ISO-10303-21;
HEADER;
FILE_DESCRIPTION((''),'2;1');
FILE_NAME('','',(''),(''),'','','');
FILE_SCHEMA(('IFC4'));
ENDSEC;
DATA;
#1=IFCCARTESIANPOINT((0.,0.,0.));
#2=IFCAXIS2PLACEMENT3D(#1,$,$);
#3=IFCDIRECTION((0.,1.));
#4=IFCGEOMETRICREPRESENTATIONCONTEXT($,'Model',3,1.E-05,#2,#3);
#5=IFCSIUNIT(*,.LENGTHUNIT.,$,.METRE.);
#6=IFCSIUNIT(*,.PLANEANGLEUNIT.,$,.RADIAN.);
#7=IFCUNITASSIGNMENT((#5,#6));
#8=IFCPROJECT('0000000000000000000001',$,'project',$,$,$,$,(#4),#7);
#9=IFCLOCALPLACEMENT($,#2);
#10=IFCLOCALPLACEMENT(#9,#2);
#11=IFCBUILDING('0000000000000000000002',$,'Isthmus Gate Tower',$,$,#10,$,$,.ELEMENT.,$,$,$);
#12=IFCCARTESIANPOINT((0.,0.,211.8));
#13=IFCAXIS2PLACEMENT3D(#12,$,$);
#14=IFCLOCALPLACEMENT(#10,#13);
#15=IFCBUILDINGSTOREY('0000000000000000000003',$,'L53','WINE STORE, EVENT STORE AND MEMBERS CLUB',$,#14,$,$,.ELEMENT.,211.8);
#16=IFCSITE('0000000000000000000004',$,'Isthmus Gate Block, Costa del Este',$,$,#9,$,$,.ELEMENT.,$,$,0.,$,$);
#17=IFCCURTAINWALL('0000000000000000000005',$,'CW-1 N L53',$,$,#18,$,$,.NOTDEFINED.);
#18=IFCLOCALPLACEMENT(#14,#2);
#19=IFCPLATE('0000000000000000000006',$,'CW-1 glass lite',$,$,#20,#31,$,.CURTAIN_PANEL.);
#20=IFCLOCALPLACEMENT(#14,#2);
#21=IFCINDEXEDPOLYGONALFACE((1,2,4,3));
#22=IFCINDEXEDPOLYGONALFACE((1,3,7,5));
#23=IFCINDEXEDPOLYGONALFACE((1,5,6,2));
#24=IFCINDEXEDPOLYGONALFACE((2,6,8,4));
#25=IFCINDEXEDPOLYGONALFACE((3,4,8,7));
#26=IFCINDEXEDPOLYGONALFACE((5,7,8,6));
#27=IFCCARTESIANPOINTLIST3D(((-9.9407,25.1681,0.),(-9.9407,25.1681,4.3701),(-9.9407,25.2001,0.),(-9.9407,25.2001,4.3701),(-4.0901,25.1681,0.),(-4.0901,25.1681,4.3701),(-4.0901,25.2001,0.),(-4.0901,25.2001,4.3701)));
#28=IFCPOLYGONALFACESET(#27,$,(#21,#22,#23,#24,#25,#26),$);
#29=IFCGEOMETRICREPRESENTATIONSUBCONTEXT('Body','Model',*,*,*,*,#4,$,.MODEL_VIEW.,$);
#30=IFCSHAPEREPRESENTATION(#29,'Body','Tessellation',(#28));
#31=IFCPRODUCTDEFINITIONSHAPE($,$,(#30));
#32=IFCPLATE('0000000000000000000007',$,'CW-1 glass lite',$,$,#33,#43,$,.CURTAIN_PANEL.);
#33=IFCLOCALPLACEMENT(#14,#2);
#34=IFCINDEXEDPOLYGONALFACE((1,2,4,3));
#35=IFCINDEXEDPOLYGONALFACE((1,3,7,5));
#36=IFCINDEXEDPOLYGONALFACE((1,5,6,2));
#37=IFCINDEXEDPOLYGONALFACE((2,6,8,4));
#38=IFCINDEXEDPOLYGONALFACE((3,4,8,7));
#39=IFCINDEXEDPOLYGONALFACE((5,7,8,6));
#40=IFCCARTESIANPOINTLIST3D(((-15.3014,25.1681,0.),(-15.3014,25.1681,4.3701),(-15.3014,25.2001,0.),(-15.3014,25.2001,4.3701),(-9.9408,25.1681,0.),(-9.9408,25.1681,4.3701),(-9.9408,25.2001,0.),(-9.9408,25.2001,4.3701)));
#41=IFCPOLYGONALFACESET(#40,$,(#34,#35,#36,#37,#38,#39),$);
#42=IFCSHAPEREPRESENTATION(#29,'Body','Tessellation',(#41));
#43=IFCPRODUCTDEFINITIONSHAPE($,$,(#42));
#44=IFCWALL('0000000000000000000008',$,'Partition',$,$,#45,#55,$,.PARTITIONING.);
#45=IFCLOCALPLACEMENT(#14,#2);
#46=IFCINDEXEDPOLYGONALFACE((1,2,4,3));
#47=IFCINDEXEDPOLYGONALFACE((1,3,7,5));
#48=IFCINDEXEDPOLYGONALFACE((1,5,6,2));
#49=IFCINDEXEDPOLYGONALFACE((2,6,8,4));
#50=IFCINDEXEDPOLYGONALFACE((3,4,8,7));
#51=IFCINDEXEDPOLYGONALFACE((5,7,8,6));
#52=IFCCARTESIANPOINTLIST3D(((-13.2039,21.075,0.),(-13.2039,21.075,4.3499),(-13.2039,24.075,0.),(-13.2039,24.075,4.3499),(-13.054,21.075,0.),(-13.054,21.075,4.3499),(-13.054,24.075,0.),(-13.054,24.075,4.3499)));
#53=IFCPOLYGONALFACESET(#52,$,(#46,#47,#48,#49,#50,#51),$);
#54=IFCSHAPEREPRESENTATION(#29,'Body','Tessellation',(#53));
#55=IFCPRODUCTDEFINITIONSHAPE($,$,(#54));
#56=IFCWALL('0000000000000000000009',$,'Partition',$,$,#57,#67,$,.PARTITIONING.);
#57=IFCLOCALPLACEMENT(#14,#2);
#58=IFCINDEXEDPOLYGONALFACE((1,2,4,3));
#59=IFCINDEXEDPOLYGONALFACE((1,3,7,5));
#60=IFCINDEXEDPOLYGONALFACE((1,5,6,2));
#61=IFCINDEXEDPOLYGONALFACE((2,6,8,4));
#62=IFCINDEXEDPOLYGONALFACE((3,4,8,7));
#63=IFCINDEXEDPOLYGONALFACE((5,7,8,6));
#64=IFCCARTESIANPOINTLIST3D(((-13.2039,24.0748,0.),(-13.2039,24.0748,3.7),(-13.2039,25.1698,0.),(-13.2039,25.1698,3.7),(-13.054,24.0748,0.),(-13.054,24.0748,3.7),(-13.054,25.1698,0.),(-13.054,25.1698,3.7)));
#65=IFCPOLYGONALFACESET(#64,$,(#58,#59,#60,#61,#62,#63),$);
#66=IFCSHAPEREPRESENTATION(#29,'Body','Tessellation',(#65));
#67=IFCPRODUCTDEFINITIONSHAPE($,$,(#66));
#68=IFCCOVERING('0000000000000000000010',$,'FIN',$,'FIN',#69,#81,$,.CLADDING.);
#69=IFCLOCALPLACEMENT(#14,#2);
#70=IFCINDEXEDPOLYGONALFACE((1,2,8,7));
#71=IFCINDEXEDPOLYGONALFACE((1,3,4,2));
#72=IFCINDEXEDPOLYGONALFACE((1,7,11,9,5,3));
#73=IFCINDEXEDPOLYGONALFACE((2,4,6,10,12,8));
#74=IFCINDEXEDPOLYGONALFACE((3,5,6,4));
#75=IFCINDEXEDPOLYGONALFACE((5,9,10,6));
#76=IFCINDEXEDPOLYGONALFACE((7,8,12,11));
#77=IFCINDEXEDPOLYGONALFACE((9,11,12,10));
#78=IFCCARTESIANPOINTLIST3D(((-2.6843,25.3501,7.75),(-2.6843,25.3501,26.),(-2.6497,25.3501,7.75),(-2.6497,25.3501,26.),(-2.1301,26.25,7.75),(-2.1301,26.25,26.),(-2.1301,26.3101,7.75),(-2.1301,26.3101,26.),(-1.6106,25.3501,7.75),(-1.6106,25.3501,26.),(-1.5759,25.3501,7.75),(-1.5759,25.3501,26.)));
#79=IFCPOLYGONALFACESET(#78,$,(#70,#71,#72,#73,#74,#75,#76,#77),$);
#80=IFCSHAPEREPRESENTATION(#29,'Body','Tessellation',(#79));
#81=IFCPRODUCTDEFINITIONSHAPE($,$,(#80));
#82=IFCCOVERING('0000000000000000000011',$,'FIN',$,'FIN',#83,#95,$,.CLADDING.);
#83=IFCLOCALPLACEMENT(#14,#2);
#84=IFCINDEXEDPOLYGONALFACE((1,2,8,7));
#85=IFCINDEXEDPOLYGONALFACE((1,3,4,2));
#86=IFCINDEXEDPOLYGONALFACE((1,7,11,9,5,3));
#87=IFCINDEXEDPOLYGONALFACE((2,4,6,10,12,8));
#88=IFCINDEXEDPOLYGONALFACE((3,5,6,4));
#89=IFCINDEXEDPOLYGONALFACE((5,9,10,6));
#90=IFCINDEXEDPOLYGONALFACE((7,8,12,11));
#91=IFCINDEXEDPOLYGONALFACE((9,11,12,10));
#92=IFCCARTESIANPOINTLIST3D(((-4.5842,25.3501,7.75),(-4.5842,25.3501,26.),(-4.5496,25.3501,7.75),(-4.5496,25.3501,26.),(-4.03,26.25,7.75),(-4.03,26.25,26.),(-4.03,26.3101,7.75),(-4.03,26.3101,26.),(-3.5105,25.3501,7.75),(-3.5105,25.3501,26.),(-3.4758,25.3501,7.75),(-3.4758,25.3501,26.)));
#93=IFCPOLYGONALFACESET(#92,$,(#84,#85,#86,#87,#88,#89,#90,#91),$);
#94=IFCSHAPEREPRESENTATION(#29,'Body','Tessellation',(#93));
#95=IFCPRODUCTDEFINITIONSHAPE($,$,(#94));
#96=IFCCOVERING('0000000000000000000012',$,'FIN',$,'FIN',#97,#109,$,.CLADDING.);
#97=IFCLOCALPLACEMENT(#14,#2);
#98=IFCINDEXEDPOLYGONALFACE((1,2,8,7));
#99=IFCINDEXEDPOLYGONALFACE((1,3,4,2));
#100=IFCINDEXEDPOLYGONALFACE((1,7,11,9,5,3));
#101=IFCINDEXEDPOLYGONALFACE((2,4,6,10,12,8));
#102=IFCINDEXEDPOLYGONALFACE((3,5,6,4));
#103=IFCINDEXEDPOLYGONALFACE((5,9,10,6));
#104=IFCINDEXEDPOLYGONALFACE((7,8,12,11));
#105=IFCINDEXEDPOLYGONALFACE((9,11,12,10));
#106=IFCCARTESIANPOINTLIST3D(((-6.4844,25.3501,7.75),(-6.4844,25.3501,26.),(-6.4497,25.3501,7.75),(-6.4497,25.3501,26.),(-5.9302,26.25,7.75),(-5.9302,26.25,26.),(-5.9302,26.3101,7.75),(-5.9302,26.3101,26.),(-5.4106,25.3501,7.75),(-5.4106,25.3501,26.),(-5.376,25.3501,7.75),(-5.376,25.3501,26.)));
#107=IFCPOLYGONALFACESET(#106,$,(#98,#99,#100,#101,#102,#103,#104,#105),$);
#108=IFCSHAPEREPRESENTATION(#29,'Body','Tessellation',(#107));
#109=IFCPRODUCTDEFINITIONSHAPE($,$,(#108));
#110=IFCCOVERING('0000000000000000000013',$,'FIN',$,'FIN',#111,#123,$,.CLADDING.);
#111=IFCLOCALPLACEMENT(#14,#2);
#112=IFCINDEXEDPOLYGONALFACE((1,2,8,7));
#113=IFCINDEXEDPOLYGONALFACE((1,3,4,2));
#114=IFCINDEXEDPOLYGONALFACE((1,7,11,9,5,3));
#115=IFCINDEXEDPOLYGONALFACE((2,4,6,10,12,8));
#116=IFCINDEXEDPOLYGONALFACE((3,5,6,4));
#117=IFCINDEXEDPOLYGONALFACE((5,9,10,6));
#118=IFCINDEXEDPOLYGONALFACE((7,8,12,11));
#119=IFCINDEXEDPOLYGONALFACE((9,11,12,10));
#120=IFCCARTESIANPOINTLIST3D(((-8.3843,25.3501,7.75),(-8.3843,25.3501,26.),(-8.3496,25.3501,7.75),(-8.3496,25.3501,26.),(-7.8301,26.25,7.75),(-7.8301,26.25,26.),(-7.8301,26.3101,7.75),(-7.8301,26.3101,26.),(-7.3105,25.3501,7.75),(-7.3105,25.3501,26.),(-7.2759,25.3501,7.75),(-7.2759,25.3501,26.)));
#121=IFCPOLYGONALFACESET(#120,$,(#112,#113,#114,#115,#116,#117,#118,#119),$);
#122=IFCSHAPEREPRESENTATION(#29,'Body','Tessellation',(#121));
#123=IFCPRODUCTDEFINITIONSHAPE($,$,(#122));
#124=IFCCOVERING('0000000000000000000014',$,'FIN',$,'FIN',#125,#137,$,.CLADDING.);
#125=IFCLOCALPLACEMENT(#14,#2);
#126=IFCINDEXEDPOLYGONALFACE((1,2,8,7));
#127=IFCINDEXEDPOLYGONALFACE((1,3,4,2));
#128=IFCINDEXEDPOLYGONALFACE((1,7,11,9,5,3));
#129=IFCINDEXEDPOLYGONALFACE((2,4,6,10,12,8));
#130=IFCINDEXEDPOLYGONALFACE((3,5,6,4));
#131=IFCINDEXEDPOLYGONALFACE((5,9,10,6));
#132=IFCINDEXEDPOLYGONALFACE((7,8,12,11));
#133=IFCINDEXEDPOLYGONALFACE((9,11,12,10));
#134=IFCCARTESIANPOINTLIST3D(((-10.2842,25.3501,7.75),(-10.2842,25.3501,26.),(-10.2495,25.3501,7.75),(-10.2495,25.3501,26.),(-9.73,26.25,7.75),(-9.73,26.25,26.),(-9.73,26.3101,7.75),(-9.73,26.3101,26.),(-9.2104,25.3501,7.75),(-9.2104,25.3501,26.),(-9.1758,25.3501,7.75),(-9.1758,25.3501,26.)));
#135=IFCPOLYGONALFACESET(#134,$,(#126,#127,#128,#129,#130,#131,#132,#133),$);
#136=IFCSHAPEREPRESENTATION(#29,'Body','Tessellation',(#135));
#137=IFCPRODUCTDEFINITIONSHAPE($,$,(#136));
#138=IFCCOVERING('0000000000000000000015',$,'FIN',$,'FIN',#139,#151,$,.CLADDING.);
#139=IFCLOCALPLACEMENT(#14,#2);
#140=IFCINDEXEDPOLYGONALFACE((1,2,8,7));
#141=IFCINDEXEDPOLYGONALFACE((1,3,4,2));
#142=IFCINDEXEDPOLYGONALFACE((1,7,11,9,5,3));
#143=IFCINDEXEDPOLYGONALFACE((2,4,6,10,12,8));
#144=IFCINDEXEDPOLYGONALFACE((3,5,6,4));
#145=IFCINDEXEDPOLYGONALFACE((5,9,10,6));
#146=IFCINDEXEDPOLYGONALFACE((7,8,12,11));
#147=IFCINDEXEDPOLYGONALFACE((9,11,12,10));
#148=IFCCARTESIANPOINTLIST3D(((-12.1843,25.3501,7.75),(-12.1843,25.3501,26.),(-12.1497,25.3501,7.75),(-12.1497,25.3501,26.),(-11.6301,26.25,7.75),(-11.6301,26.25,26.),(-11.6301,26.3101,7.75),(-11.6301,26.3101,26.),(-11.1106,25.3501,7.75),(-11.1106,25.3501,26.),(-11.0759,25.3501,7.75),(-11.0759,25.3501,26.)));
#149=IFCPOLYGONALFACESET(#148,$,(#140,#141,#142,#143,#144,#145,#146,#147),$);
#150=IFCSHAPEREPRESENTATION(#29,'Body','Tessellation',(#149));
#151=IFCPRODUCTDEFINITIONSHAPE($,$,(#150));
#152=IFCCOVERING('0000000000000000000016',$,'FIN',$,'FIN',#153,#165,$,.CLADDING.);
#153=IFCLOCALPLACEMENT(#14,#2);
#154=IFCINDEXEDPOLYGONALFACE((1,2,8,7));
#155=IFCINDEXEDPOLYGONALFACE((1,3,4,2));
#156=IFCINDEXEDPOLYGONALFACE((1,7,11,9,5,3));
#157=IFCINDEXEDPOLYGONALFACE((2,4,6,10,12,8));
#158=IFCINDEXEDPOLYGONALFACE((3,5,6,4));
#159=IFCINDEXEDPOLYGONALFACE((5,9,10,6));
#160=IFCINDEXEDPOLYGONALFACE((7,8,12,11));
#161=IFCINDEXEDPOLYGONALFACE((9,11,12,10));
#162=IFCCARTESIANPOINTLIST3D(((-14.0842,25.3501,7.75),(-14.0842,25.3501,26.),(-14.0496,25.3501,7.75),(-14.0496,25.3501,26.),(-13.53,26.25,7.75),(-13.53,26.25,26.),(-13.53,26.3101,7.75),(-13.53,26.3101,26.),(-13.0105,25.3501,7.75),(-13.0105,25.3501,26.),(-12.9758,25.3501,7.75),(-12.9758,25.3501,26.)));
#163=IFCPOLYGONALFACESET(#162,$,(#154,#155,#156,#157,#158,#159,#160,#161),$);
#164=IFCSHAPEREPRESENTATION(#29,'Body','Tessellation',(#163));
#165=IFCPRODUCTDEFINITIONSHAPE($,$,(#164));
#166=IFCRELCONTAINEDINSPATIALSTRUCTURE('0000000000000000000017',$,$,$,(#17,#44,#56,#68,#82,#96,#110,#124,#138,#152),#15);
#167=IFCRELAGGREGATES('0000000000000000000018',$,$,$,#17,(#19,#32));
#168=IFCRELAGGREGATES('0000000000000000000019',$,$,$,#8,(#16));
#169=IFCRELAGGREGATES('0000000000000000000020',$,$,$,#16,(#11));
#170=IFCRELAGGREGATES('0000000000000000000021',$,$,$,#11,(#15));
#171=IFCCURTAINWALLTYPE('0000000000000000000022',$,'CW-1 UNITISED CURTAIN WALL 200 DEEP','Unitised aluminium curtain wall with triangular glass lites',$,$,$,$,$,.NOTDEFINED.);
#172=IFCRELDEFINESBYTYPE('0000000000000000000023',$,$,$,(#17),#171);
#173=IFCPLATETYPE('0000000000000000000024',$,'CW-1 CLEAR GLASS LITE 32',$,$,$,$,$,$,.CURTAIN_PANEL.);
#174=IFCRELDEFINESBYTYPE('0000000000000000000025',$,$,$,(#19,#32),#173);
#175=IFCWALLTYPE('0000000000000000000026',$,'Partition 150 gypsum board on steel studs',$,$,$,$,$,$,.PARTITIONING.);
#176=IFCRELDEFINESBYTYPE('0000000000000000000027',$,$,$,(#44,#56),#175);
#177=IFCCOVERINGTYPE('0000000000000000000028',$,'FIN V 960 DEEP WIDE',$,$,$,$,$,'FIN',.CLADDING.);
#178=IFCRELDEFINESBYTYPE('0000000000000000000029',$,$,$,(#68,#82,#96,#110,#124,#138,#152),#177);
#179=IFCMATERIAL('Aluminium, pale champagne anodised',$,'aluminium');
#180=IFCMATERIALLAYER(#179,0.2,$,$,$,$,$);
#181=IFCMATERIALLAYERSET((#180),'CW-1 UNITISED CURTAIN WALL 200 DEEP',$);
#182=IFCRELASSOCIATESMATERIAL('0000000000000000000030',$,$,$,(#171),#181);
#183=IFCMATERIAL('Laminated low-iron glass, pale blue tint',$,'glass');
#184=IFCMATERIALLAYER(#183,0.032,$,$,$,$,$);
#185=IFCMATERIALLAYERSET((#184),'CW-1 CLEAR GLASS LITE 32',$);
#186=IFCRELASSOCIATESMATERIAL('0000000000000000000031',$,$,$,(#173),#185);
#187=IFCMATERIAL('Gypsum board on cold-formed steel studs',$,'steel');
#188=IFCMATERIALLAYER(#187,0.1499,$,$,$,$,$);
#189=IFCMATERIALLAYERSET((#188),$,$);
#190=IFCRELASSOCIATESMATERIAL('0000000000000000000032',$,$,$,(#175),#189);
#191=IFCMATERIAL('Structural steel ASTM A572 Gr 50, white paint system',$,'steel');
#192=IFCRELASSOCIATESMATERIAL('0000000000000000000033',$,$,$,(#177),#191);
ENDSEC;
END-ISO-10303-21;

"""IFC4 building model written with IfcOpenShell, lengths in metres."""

from ifc_helpers import new_model, si_unit, direction, frame, frame_2d, origin, origin_2d, place, context, subcontext, project, spatial, polyline, rectangle, outline, extrude, material, layer, layer_set, material_profile, profile_set, type_object, element, aggregate, save


model = new_model("IFC4")

# Units and contexts
model_context = context("Model", 3, precision=1e-05, world=origin(), true_north=direction((0.0, 1.0)))
body_context = subcontext(model_context, "Body", "Model", "MODEL_VIEW")
ifc_project = project(units=[si_unit("LENGTHUNIT", "METRE"), si_unit("PLANEANGLEUNIT", "RADIAN")], contexts=[model_context])

# Site, building, storey
site_placement = place(None, origin())
site = spatial("IfcSite", under=ifc_project, at=site_placement, Name="Isthmus Gate Block, Costa del Este", CompositionType="ELEMENT", RefElevation=0.0)
building_placement = place(site_placement, origin())
building = spatial("IfcBuilding", under=site, at=building_placement, Name="Isthmus Gate Tower", CompositionType="ELEMENT")
storey_placement = place(building_placement, frame((0.0, 0.0, 211.8)))
storey = spatial("IfcBuildingStorey", under=building, at=storey_placement, Name="L53", Description="WINE STORE, EVENT STORE AND MEMBERS CLUB", CompositionType="ELEMENT", Elevation=211.8)

# Curtain wall
ifc_material_1 = material(Name="Aluminium, pale champagne anodised", Category="aluminium")
ifc_layer_1 = layer(ifc_material_1, 0.2)
ifc_layer_set_1 = layer_set([ifc_layer_1], Name="CW-1 UNITISED CURTAIN WALL 200 DEEP")
curtain_wall_type = type_object("IfcCurtainWallType", Name="CW-1 UNITISED CURTAIN WALL 200 DEEP", Description="Unitised aluminium curtain wall with triangular glass lites", PredefinedType="NOTDEFINED", material=ifc_layer_set_1)
curtain_wall_placement = place(storey_placement, origin())
curtain_wall = element("IfcCurtainWall", 1, at=curtain_wall_placement, inside=storey, type_object=curtain_wall_type, Name="CW-1 N L53", PredefinedType="NOTDEFINED")

# Plates
ifc_material_2 = material(Name="Laminated low-iron glass, pale blue tint", Category="glass")
ifc_layer_2 = layer(ifc_material_2, 0.032)
ifc_layer_set_2 = layer_set([ifc_layer_2], Name="CW-1 CLEAR GLASS LITE 32")
plate_type = type_object("IfcPlateType", Name="CW-1 CLEAR GLASS LITE 32", PredefinedType="CURTAIN_PANEL", material=ifc_layer_set_2)
plate_1_placement = place(storey_placement, frame((-7.0154, 25.1841, 0.0), z_axis=(0.0, 0.0, 1.0), x_axis=(-1.0, 0.0, 0.0)))
plate_1 = element("IfcPlate", 2, at=plate_1_placement, type_object=plate_type, Name="CW-1 glass lite", PredefinedType="CURTAIN_PANEL", context=body_context, shape_type="SweptSolid", body=[
    extrude(rectangle(XDim=5.8506, YDim=0.032, at=origin_2d()), origin(), (0.0, 0.0, 1.0), 4.3701),
])
plate_2_placement = place(storey_placement, frame((-12.6211, 25.1841, 0.0), z_axis=(0.0, 0.0, 1.0), x_axis=(-1.0, 0.0, 0.0)))
plate_2 = element("IfcPlate", 3, at=plate_2_placement, type_object=plate_type, Name="CW-1 glass lite", PredefinedType="CURTAIN_PANEL", context=body_context, shape_type="SweptSolid", body=[
    extrude(rectangle(XDim=5.3606, YDim=0.032, at=origin_2d()), origin(), (0.0, 0.0, 1.0), 4.3701),
])
aggregate(curtain_wall, [plate_1, plate_2])

# Walls
ifc_material_3 = material(Name="Gypsum board on cold-formed steel studs", Category="steel")
ifc_layer_3 = layer(ifc_material_3, 0.1499)
ifc_layer_set_3 = layer_set([ifc_layer_3])
wall_type = type_object("IfcWallType", Name="Partition 150 gypsum board on steel studs", PredefinedType="PARTITIONING", material=ifc_layer_set_3)
wall_1_placement = place(storey_placement, frame((-13.1289, 21.075, 0.0), z_axis=(0.0, 0.0, 1.0), x_axis=(0.0, 1.0, 0.0)))
element("IfcWall", 4, at=wall_1_placement, inside=storey, type_object=wall_type, Name="Partition", PredefinedType="PARTITIONING", context=body_context, shape_type="SweptSolid", body=[
    extrude(rectangle(XDim=3.0, YDim=0.1499, at=frame_2d((1.5, 0.0))), origin(), (0.0, 0.0, 1.0), 4.3499),
])
wall_2_placement = place(storey_placement, frame((-13.1289, 24.075, 0.0), z_axis=(0.0, 0.0, 1.0), x_axis=(0.0, 1.0, 0.0)))
element("IfcWall", 5, at=wall_2_placement, inside=storey, type_object=wall_type, Name="Partition", PredefinedType="PARTITIONING", context=body_context, shape_type="SweptSolid", body=[
    extrude(rectangle(XDim=1.095, YDim=0.1499, at=frame_2d((0.5474, 0.0))), origin(), (0.0, 0.0, 1.0), 3.7),
])

# Coverings
ifc_material_4 = material(Name="Structural steel ASTM A572 Gr 50, white paint system", Category="steel")
ifc_material_profile_1 = material_profile(ifc_material_4, outline(polyline([(0.0, -0.5542), (0.96, 0.0), (0.0, 0.5542), (0.0, 0.5195), (0.8999, 0.0), (0.0, -0.5195), (0.0, -0.5542)])), Name="V960W")
ifc_profile_set_1 = profile_set([ifc_material_profile_1], Name="Structural steel ASTM A572 Gr 50, white paint system")
covering_type = type_object("IfcCoveringType", Name="FIN V 960 DEEP WIDE", ElementType="FIN", PredefinedType="CLADDING", material=ifc_profile_set_1)
for number, where, z_axis, x_axis, name in (
    (6, (-2.1301, 25.3501, 7.75), (0.0, 0.0, 1.0), (0.0, 1.0, 0.0), "FIN"),
    (7, (-4.03, 25.3501, 7.75), (0.0, 0.0, 1.0), (0.0, 1.0, 0.0), "FIN"),
    (8, (-5.9302, 25.3501, 7.75), (0.0, 0.0, 1.0), (0.0, 1.0, 0.0), "FIN"),
    (9, (-7.8301, 25.3501, 7.75), (0.0, 0.0, 1.0), (0.0, 1.0, 0.0), "FIN"),
    (10, (-9.73, 25.3501, 7.75), (0.0, 0.0, 1.0), (0.0, 1.0, 0.0), "FIN"),
    (11, (-11.6301, 25.3501, 7.75), (0.0, 0.0, 1.0), (0.0, 1.0, 0.0), "FIN"),
    (12, (-13.53, 25.3501, 7.75), (0.0, 0.0, 1.0), (0.0, 1.0, 0.0), "FIN"),
):
    element("IfcCovering", number, at=place(storey_placement, frame(where, z_axis=z_axis, x_axis=x_axis)), inside=storey, type_object=covering_type, Name=name, ObjectType="FIN", PredefinedType="CLADDING", context=body_context, shape_type="SweptSolid", body=[
        extrude(outline(polyline([(0.0, -0.5542), (0.96, 0.0), (0.0, 0.5542), (0.0, 0.5195), (0.8999, 0.0), (0.0, -0.5195), (0.0, -0.5542)])), origin(), (0.0, 0.0, 1.0), 18.25),
    ])

save(model, "model.ifc")
